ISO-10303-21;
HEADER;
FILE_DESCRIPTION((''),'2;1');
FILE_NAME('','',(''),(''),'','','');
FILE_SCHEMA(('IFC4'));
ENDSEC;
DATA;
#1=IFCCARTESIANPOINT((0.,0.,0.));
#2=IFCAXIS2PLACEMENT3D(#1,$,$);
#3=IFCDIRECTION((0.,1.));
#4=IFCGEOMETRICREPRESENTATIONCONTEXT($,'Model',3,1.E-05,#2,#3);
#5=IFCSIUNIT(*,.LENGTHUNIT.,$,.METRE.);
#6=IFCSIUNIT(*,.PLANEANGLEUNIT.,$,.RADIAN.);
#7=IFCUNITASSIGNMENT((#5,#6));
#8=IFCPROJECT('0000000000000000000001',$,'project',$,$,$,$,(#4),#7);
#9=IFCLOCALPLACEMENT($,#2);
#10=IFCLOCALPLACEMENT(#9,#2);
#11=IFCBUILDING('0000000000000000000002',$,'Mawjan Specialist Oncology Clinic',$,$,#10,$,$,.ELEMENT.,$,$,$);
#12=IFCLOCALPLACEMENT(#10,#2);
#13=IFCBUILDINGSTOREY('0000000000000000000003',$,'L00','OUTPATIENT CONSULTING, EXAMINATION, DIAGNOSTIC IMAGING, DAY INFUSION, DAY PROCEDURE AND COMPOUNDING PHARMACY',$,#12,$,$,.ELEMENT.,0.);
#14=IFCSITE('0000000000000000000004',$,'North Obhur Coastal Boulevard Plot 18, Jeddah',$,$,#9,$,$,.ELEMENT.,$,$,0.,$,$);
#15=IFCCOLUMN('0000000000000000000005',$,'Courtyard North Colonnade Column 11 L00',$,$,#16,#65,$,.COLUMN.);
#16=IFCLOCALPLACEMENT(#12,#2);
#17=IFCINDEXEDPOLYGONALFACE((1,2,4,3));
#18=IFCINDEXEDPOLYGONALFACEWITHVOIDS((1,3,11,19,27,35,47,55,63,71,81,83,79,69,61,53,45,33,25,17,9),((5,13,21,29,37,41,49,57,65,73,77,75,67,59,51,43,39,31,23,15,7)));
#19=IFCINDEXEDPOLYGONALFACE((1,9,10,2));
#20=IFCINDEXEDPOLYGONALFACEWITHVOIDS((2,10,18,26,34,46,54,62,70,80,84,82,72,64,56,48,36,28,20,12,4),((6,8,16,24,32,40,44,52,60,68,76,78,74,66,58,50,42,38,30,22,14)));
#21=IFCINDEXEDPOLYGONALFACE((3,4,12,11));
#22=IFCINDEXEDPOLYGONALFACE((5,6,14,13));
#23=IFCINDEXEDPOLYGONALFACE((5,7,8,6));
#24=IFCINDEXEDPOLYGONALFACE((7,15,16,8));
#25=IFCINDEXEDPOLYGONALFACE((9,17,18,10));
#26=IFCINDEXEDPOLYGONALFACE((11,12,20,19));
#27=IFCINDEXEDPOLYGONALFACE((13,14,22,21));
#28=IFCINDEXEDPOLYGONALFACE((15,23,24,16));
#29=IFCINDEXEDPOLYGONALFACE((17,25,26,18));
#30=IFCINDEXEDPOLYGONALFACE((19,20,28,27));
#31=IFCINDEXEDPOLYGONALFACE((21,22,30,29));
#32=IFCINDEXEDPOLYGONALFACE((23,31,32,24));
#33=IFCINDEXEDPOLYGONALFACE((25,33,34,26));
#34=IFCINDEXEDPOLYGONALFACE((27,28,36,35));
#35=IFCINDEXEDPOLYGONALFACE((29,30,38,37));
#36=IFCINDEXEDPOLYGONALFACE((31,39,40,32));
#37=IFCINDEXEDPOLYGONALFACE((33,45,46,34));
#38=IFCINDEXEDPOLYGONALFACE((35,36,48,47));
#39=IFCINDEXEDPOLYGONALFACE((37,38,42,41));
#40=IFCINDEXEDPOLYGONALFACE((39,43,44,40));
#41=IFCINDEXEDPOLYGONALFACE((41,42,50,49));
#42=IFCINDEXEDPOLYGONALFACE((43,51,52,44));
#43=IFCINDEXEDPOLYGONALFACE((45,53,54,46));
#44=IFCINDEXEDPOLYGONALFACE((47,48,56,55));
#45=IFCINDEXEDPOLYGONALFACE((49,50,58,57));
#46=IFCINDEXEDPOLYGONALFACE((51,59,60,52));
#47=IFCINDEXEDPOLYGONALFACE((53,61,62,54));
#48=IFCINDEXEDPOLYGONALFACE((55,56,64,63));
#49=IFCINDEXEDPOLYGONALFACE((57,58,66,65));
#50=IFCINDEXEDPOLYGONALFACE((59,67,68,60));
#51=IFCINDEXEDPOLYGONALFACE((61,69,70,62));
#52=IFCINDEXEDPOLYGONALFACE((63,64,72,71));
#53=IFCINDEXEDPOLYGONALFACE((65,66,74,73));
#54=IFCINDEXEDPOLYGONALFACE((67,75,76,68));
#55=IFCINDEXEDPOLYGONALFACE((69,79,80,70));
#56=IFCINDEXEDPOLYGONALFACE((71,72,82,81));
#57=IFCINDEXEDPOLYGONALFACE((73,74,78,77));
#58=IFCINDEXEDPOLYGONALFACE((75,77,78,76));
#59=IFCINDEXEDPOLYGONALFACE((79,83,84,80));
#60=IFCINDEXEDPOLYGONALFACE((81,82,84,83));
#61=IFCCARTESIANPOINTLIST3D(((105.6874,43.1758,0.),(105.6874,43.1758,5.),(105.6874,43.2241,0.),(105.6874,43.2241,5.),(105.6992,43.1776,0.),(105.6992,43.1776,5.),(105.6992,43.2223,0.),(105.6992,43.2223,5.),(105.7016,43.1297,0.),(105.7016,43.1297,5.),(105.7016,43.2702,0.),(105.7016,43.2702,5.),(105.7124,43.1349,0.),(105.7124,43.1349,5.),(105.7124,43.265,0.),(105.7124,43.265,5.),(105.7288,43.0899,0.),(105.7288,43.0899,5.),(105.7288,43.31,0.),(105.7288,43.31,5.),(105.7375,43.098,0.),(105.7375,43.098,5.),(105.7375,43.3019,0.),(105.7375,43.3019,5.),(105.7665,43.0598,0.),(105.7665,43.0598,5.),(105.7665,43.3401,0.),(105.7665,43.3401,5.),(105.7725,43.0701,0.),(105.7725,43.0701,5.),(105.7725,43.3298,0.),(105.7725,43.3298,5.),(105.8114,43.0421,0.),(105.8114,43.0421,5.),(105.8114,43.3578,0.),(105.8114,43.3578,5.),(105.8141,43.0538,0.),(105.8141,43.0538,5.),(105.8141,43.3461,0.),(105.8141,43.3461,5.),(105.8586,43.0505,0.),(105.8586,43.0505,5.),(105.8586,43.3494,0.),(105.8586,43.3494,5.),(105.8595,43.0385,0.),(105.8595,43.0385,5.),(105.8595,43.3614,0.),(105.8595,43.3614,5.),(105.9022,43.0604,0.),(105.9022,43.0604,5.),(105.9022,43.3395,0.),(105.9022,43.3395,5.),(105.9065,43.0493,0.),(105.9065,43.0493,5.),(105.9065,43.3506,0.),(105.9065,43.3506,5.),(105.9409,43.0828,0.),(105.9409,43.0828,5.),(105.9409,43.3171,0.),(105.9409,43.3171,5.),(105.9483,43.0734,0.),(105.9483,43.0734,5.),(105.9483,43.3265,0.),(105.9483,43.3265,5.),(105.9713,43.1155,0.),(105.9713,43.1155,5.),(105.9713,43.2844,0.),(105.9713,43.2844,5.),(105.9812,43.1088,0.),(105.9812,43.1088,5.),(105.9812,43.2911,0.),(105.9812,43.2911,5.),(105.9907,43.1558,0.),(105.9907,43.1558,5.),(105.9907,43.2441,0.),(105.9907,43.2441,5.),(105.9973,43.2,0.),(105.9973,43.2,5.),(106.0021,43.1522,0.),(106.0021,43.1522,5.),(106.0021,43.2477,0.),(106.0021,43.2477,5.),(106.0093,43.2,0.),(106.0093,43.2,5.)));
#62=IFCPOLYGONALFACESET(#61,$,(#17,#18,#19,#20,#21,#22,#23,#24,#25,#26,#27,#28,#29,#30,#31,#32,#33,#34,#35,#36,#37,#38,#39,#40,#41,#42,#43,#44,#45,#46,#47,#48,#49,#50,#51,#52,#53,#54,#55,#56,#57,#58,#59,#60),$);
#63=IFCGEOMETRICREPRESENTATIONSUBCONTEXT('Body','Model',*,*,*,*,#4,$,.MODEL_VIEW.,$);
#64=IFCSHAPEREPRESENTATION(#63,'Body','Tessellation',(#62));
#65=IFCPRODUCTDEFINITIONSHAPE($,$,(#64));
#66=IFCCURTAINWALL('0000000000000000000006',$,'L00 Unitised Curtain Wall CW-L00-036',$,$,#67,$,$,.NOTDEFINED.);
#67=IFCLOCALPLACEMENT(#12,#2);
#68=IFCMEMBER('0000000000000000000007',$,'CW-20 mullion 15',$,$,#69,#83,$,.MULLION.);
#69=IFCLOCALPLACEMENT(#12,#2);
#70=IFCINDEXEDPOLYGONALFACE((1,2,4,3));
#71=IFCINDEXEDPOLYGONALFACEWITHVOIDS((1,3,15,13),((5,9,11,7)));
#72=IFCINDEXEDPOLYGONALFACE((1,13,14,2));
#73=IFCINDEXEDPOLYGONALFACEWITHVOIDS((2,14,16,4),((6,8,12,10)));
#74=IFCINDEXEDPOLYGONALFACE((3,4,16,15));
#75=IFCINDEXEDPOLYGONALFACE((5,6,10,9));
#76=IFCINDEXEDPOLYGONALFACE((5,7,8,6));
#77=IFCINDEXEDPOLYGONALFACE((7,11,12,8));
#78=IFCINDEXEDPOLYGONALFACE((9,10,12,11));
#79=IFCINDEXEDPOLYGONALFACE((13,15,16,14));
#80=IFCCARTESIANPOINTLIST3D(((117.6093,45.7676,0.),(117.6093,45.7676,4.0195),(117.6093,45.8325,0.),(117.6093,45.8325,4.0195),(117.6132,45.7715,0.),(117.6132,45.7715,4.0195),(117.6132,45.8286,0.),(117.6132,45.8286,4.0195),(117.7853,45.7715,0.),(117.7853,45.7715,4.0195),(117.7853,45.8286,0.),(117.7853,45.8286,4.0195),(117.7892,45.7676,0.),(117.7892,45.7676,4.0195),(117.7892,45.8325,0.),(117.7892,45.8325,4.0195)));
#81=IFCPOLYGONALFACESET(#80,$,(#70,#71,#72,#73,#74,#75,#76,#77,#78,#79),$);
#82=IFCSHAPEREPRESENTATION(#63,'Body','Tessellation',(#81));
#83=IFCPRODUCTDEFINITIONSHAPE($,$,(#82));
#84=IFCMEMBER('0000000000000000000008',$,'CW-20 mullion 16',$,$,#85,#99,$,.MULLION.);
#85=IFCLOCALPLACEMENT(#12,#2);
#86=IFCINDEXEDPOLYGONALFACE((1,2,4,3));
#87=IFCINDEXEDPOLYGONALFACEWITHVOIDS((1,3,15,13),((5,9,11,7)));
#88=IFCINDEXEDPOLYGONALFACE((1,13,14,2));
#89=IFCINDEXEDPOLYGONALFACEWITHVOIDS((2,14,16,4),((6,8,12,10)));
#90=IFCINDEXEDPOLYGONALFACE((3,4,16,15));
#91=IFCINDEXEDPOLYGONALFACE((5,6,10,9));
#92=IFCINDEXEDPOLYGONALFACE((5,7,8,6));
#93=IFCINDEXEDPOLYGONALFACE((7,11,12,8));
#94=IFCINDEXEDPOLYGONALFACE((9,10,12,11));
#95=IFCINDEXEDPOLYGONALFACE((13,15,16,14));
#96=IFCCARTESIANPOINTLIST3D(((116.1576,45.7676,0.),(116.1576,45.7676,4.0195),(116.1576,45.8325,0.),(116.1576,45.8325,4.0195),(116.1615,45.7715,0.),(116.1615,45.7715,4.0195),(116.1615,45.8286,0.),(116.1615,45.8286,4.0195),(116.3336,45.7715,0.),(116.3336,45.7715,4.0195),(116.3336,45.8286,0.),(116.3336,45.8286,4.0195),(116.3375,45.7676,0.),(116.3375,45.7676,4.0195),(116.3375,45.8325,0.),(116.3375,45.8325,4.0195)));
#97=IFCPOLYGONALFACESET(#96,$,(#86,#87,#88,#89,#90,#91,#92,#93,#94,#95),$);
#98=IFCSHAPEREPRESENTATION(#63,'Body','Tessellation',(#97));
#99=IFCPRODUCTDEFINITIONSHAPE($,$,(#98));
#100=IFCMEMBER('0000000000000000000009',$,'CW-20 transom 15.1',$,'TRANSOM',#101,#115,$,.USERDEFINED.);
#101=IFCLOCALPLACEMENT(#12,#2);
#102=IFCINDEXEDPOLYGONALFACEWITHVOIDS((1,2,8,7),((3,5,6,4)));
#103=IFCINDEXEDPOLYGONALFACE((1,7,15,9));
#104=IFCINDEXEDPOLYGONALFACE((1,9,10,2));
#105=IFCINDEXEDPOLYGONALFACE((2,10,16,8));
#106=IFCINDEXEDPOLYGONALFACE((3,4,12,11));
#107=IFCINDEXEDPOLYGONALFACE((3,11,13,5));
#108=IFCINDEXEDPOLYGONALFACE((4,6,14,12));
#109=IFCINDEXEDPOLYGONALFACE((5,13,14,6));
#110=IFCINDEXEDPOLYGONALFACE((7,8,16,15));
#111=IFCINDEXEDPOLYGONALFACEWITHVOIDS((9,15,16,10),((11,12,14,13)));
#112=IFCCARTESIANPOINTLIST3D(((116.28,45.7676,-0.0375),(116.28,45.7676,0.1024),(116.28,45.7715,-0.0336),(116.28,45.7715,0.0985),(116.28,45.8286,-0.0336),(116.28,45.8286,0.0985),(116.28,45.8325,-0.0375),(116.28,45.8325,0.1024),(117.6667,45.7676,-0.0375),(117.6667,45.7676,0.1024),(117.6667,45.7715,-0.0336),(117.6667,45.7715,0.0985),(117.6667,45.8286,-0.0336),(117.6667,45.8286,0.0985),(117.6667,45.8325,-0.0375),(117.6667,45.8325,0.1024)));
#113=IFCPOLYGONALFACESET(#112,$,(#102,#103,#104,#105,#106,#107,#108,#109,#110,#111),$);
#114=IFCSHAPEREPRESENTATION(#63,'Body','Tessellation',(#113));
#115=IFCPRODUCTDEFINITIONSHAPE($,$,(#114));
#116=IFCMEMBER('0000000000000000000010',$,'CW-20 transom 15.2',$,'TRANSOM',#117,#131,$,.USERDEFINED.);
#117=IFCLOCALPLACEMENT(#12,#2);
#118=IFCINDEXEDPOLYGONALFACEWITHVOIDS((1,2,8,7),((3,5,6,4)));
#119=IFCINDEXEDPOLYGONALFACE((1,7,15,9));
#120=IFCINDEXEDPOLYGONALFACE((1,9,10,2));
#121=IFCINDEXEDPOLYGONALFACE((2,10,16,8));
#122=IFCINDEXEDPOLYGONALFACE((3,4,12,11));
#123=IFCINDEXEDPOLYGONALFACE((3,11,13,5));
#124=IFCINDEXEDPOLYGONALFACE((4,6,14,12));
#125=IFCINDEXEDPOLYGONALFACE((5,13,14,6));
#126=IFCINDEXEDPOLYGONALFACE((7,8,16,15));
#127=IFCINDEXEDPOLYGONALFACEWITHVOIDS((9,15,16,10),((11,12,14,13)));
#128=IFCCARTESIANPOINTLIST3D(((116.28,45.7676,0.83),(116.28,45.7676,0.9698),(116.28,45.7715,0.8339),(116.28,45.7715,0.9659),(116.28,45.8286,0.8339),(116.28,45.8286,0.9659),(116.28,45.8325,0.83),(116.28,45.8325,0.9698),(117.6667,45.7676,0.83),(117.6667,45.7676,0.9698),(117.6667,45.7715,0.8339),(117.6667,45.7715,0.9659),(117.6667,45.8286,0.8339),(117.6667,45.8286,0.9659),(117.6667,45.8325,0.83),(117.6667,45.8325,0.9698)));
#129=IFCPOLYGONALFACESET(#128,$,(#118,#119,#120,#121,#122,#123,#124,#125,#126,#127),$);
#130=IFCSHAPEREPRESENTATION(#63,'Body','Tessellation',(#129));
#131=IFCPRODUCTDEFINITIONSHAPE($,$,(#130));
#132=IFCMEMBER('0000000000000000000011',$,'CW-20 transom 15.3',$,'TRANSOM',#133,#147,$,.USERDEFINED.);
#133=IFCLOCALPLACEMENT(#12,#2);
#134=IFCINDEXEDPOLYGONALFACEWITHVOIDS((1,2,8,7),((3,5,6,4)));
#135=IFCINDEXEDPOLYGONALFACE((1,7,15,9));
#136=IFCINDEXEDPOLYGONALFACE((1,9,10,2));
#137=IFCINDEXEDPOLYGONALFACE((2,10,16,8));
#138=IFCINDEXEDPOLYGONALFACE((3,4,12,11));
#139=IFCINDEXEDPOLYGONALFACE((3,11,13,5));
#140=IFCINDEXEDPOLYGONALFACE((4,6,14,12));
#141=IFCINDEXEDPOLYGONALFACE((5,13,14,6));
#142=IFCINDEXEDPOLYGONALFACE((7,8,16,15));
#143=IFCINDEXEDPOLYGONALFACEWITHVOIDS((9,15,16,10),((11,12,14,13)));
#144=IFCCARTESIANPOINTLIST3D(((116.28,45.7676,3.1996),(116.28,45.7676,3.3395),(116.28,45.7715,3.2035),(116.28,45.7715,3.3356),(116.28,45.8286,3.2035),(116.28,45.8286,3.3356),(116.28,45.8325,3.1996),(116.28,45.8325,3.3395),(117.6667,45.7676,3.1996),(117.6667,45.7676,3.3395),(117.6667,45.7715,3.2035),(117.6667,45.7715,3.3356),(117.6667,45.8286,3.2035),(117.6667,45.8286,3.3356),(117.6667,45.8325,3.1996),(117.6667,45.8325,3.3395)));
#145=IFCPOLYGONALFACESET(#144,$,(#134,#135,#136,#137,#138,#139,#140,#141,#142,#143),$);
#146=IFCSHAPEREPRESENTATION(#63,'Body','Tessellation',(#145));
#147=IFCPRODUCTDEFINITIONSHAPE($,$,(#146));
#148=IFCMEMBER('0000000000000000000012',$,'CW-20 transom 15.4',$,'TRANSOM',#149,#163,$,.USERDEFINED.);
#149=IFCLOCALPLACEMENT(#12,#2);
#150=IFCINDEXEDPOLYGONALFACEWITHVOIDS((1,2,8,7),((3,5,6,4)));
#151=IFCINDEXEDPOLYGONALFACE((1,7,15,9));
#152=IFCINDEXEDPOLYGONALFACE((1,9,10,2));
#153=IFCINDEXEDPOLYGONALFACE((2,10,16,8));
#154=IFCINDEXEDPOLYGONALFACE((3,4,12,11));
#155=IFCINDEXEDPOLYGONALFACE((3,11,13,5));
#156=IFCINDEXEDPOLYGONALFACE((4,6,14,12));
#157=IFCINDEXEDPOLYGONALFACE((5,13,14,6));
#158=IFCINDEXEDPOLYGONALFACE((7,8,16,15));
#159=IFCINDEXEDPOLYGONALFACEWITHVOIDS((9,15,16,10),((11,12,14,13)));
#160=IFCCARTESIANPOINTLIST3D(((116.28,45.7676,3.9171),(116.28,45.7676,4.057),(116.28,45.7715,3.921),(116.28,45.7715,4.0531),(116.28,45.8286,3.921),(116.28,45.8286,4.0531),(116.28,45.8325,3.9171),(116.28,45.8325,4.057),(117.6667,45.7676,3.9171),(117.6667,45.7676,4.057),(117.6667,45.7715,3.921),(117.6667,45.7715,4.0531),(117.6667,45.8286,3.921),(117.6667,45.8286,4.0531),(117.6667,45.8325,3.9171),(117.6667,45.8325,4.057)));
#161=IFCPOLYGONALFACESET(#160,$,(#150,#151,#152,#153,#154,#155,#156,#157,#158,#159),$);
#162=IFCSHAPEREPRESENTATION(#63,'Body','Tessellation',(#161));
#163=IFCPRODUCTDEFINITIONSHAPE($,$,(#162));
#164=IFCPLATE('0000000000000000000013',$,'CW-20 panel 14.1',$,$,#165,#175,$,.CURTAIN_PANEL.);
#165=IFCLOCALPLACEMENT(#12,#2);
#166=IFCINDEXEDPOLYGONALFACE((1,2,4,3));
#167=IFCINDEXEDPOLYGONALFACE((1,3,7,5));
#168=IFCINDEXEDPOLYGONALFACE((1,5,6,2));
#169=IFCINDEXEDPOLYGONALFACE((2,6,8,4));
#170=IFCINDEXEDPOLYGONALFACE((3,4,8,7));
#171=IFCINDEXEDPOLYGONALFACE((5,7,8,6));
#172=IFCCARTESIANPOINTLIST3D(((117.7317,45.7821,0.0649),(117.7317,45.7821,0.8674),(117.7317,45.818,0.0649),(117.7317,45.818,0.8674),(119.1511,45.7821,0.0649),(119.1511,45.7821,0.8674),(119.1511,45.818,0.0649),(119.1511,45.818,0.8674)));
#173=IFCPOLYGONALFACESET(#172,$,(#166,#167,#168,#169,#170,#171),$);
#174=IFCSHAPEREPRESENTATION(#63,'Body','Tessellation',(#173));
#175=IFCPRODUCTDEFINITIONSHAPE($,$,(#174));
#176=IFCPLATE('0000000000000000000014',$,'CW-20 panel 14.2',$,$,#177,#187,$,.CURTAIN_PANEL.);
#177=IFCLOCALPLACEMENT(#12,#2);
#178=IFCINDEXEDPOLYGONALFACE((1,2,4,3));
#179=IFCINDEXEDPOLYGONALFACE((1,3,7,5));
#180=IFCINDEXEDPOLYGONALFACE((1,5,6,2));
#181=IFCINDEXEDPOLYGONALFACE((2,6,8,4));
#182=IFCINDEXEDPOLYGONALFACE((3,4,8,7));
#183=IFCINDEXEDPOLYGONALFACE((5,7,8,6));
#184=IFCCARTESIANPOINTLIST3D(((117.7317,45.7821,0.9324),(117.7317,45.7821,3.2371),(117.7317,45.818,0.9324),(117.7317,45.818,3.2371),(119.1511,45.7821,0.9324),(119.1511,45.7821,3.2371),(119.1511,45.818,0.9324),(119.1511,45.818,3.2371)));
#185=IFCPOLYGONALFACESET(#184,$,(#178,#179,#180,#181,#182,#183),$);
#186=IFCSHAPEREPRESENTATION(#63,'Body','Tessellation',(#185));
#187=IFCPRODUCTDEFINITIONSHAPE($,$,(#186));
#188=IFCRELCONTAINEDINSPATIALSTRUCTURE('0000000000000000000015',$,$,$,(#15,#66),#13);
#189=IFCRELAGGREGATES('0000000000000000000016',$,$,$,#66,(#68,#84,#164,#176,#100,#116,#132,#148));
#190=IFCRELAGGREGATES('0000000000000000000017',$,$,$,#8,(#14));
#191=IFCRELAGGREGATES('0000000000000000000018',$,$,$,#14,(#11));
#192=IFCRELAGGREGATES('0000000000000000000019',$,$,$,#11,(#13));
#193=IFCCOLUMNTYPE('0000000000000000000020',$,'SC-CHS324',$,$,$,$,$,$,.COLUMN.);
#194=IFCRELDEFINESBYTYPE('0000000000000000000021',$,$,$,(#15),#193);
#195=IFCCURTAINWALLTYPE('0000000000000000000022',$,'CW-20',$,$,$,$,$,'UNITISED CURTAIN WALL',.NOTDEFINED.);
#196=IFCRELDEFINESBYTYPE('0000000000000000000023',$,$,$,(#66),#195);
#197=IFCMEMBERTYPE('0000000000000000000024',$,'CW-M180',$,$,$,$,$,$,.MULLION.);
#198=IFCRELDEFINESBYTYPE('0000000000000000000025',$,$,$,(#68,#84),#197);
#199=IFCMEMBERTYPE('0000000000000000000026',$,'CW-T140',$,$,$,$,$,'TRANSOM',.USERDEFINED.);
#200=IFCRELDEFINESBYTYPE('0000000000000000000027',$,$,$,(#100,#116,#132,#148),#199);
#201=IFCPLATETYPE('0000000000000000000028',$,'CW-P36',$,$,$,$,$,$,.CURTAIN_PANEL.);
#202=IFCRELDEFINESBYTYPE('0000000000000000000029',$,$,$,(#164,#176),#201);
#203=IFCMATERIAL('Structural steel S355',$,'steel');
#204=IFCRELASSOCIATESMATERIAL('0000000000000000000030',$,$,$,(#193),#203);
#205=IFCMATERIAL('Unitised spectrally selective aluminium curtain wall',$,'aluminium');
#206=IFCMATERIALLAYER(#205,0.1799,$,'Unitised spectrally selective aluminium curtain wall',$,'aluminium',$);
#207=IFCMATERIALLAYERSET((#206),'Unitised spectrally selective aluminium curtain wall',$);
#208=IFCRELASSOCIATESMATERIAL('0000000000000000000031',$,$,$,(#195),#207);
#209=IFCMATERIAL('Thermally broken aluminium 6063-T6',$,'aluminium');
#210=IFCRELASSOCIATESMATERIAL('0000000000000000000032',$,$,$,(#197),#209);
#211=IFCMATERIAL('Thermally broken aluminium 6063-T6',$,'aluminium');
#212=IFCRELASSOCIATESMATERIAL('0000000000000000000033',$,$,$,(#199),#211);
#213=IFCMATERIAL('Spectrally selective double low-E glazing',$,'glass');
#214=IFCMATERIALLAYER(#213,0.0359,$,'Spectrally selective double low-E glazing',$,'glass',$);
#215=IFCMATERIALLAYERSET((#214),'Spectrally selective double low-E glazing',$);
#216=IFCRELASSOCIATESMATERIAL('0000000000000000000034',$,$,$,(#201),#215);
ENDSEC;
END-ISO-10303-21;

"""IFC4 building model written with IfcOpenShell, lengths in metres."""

from ifc_helpers import new_model, si_unit, direction, frame, origin, origin_2d, place, context, subcontext, project, spatial, rectangle, hollow_rectangle, hollow_circle, extrude, material, layer, layer_set, material_profile, profile_set, type_object, element, aggregate, save


model = new_model("IFC4")

# Units and contexts
model_context = context("Model", 3, precision=1e-05, world=origin(), true_north=direction((0.0, 1.0)))
body_context = subcontext(model_context, "Body", "Model", "MODEL_VIEW")
ifc_project = project(units=[si_unit("LENGTHUNIT", "METRE"), si_unit("PLANEANGLEUNIT", "RADIAN")], contexts=[model_context])

# Site, building, storey
site_placement = place(None, origin())
site = spatial("IfcSite", under=ifc_project, at=site_placement, Name="North Obhur Coastal Boulevard Plot 18, Jeddah", CompositionType="ELEMENT", RefElevation=0.0)
building_placement = place(site_placement, origin())
building = spatial("IfcBuilding", under=site, at=building_placement, Name="Mawjan Specialist Oncology Clinic", CompositionType="ELEMENT")
storey_placement = place(building_placement, origin())
storey = spatial("IfcBuildingStorey", under=building, at=storey_placement, Name="L00", Description="OUTPATIENT CONSULTING, EXAMINATION, DIAGNOSTIC IMAGING, DAY INFUSION, DAY PROCEDURE AND COMPOUNDING PHARMACY", CompositionType="ELEMENT", Elevation=0.0)

# Column
ifc_material_1 = material(Name="Structural steel S355", Category="steel")
ifc_material_profile_1 = material_profile(ifc_material_1, hollow_circle(Radius=0.1619, WallThickness=0.012, at=origin_2d()), Name="CHS 323.9x12", Category="steel")
ifc_profile_set_1 = profile_set([ifc_material_profile_1], Name="Structural steel S355")
column_type_1 = type_object("IfcColumnType", Name="SC-CHS324", PredefinedType="COLUMN", material=ifc_profile_set_1)
column_1_placement = place(storey_placement, frame((105.8474, 43.2, 0.0), z_axis=(0.0, 0.0, 1.0), x_axis=(1.0, 0.0, 0.0)))
element("IfcColumn", 1, at=column_1_placement, inside=storey, type_object=column_type_1, Name="Courtyard North Colonnade Column 11 L00", PredefinedType="COLUMN", context=body_context, shape_type="SweptSolid", body=[
    extrude(hollow_circle(Radius=0.1619, WallThickness=0.012, at=origin_2d()), origin(), (0.0, 0.0, 1.0), 5.0),
])

# Curtain wall, members, plates
ifc_material_2 = material(Name="Unitised spectrally selective aluminium curtain wall", Category="aluminium")
ifc_layer_1 = layer(ifc_material_2, 0.1799, Name="Unitised spectrally selective aluminium curtain wall", Category="aluminium")
ifc_layer_set_1 = layer_set([ifc_layer_1], Name="Unitised spectrally selective aluminium curtain wall")
curtain_wall_type = type_object("IfcCurtainWallType", Name="CW-20", ElementType="UNITISED CURTAIN WALL", PredefinedType="NOTDEFINED", material=ifc_layer_set_1)
curtain_wall_placement = place(storey_placement, origin())
curtain_wall = element("IfcCurtainWall", 2, at=curtain_wall_placement, inside=storey, type_object=curtain_wall_type, Name="L00 Unitised Curtain Wall CW-L00-036", PredefinedType="NOTDEFINED")
ifc_material_3 = material(Name="Thermally broken aluminium 6063-T6", Category="aluminium")
ifc_material_profile_2 = material_profile(ifc_material_3, hollow_rectangle(XDim=0.0649, YDim=0.1799, WallThickness=0.0039, at=origin_2d()), Name="ALU MULLION 180x65x4", Category="aluminium")
ifc_profile_set_2 = profile_set([ifc_material_profile_2], Name="Thermally broken aluminium 6063-T6")
member_type_1 = type_object("IfcMemberType", Name="CW-M180", PredefinedType="MULLION", material=ifc_profile_set_2)
member_1_placement = place(storey_placement, frame((117.6992, 45.8, 0.0), z_axis=(0.0, 0.0, 1.0), x_axis=(0.0, -1.0, 0.0)))
member_1 = element("IfcMember", 3, at=member_1_placement, type_object=member_type_1, Name="CW-20 mullion 15", PredefinedType="MULLION", context=body_context, shape_type="SweptSolid", body=[
    extrude(hollow_rectangle(XDim=0.0649, YDim=0.1799, WallThickness=0.0039, at=origin_2d()), origin(), (0.0, 0.0, 1.0), 4.0195),
])
member_2_placement = place(storey_placement, frame((116.2476, 45.8, 0.0), z_axis=(0.0, 0.0, 1.0), x_axis=(0.0, -1.0, 0.0)))
member_2 = element("IfcMember", 4, at=member_2_placement, type_object=member_type_1, Name="CW-20 mullion 16", PredefinedType="MULLION", context=body_context, shape_type="SweptSolid", body=[
    extrude(hollow_rectangle(XDim=0.0649, YDim=0.1799, WallThickness=0.0039, at=origin_2d()), origin(), (0.0, 0.0, 1.0), 4.0195),
])
ifc_material_4 = material(Name="Thermally broken aluminium 6063-T6", Category="aluminium")
ifc_material_profile_3 = material_profile(ifc_material_4, hollow_rectangle(XDim=0.0649, YDim=0.1399, WallThickness=0.0039, at=origin_2d()), Name="ALU TRANSOM 140x65x4", Category="aluminium")
ifc_profile_set_3 = profile_set([ifc_material_profile_3], Name="Thermally broken aluminium 6063-T6")
member_type_2 = type_object("IfcMemberType", Name="CW-T140", ElementType="TRANSOM", PredefinedType="USERDEFINED", material=ifc_profile_set_3)
member_3_placement = place(storey_placement, frame((117.6667, 45.8, 0.0325), z_axis=(-1.0, 0.0, 0.0), x_axis=(0.0, -1.0, 0.0)))
member_3 = element("IfcMember", 5, at=member_3_placement, type_object=member_type_2, Name="CW-20 transom 15.1", ObjectType="TRANSOM", PredefinedType="USERDEFINED", context=body_context, shape_type="SweptSolid", body=[
    extrude(hollow_rectangle(XDim=0.0649, YDim=0.1399, WallThickness=0.0039, at=origin_2d()), origin(), (0.0, 0.0, 1.0), 1.3867),
])
member_4_placement = place(storey_placement, frame((117.6667, 45.8, 0.8999), z_axis=(-1.0, 0.0, 0.0), x_axis=(0.0, -1.0, 0.0)))
member_4 = element("IfcMember", 6, at=member_4_placement, type_object=member_type_2, Name="CW-20 transom 15.2", ObjectType="TRANSOM", PredefinedType="USERDEFINED", context=body_context, shape_type="SweptSolid", body=[
    extrude(hollow_rectangle(XDim=0.0649, YDim=0.1399, WallThickness=0.0039, at=origin_2d()), origin(), (0.0, 0.0, 1.0), 1.3867),
])
member_5_placement = place(storey_placement, frame((117.6667, 45.8, 3.2695), z_axis=(-1.0, 0.0, 0.0), x_axis=(0.0, -1.0, 0.0)))
member_5 = element("IfcMember", 7, at=member_5_placement, type_object=member_type_2, Name="CW-20 transom 15.3", ObjectType="TRANSOM", PredefinedType="USERDEFINED", context=body_context, shape_type="SweptSolid", body=[
    extrude(hollow_rectangle(XDim=0.0649, YDim=0.1399, WallThickness=0.0039, at=origin_2d()), origin(), (0.0, 0.0, 1.0), 1.3867),
])
member_6_placement = place(storey_placement, frame((117.6667, 45.8, 3.9871), z_axis=(-1.0, 0.0, 0.0), x_axis=(0.0, -1.0, 0.0)))
member_6 = element("IfcMember", 8, at=member_6_placement, type_object=member_type_2, Name="CW-20 transom 15.4", ObjectType="TRANSOM", PredefinedType="USERDEFINED", context=body_context, shape_type="SweptSolid", body=[
    extrude(hollow_rectangle(XDim=0.0649, YDim=0.1399, WallThickness=0.0039, at=origin_2d()), origin(), (0.0, 0.0, 1.0), 1.3867),
])
ifc_material_5 = material(Name="Spectrally selective double low-E glazing", Category="glass")
ifc_layer_2 = layer(ifc_material_5, 0.0359, Name="Spectrally selective double low-E glazing", Category="glass")
ifc_layer_set_2 = layer_set([ifc_layer_2], Name="Spectrally selective double low-E glazing")
plate_type = type_object("IfcPlateType", Name="CW-P36", PredefinedType="CURTAIN_PANEL", material=ifc_layer_set_2)
plate_1_placement = place(storey_placement, frame((118.4414, 45.8, 0.0649), z_axis=(0.0, 0.0, 1.0), x_axis=(-1.0, 0.0, 0.0)))
plate_1 = element("IfcPlate", 9, at=plate_1_placement, type_object=plate_type, Name="CW-20 panel 14.1", PredefinedType="CURTAIN_PANEL", context=body_context, shape_type="SweptSolid", body=[
    extrude(rectangle(XDim=1.4194, YDim=0.0359, at=origin_2d()), origin(), (0.0, 0.0, 1.0), 0.8025),
])
plate_2_placement = place(storey_placement, frame((118.4414, 45.8, 0.9324), z_axis=(0.0, 0.0, 1.0), x_axis=(-1.0, 0.0, 0.0)))
plate_2 = element("IfcPlate", 10, at=plate_2_placement, type_object=plate_type, Name="CW-20 panel 14.2", PredefinedType="CURTAIN_PANEL", context=body_context, shape_type="SweptSolid", body=[
    extrude(rectangle(XDim=1.4194, YDim=0.0359, at=origin_2d()), origin(), (0.0, 0.0, 1.0), 2.3047),
])
aggregate(curtain_wall, [member_1, member_2, plate_1, plate_2, member_3, member_4, member_5, member_6])

save(model, "model.ifc")
